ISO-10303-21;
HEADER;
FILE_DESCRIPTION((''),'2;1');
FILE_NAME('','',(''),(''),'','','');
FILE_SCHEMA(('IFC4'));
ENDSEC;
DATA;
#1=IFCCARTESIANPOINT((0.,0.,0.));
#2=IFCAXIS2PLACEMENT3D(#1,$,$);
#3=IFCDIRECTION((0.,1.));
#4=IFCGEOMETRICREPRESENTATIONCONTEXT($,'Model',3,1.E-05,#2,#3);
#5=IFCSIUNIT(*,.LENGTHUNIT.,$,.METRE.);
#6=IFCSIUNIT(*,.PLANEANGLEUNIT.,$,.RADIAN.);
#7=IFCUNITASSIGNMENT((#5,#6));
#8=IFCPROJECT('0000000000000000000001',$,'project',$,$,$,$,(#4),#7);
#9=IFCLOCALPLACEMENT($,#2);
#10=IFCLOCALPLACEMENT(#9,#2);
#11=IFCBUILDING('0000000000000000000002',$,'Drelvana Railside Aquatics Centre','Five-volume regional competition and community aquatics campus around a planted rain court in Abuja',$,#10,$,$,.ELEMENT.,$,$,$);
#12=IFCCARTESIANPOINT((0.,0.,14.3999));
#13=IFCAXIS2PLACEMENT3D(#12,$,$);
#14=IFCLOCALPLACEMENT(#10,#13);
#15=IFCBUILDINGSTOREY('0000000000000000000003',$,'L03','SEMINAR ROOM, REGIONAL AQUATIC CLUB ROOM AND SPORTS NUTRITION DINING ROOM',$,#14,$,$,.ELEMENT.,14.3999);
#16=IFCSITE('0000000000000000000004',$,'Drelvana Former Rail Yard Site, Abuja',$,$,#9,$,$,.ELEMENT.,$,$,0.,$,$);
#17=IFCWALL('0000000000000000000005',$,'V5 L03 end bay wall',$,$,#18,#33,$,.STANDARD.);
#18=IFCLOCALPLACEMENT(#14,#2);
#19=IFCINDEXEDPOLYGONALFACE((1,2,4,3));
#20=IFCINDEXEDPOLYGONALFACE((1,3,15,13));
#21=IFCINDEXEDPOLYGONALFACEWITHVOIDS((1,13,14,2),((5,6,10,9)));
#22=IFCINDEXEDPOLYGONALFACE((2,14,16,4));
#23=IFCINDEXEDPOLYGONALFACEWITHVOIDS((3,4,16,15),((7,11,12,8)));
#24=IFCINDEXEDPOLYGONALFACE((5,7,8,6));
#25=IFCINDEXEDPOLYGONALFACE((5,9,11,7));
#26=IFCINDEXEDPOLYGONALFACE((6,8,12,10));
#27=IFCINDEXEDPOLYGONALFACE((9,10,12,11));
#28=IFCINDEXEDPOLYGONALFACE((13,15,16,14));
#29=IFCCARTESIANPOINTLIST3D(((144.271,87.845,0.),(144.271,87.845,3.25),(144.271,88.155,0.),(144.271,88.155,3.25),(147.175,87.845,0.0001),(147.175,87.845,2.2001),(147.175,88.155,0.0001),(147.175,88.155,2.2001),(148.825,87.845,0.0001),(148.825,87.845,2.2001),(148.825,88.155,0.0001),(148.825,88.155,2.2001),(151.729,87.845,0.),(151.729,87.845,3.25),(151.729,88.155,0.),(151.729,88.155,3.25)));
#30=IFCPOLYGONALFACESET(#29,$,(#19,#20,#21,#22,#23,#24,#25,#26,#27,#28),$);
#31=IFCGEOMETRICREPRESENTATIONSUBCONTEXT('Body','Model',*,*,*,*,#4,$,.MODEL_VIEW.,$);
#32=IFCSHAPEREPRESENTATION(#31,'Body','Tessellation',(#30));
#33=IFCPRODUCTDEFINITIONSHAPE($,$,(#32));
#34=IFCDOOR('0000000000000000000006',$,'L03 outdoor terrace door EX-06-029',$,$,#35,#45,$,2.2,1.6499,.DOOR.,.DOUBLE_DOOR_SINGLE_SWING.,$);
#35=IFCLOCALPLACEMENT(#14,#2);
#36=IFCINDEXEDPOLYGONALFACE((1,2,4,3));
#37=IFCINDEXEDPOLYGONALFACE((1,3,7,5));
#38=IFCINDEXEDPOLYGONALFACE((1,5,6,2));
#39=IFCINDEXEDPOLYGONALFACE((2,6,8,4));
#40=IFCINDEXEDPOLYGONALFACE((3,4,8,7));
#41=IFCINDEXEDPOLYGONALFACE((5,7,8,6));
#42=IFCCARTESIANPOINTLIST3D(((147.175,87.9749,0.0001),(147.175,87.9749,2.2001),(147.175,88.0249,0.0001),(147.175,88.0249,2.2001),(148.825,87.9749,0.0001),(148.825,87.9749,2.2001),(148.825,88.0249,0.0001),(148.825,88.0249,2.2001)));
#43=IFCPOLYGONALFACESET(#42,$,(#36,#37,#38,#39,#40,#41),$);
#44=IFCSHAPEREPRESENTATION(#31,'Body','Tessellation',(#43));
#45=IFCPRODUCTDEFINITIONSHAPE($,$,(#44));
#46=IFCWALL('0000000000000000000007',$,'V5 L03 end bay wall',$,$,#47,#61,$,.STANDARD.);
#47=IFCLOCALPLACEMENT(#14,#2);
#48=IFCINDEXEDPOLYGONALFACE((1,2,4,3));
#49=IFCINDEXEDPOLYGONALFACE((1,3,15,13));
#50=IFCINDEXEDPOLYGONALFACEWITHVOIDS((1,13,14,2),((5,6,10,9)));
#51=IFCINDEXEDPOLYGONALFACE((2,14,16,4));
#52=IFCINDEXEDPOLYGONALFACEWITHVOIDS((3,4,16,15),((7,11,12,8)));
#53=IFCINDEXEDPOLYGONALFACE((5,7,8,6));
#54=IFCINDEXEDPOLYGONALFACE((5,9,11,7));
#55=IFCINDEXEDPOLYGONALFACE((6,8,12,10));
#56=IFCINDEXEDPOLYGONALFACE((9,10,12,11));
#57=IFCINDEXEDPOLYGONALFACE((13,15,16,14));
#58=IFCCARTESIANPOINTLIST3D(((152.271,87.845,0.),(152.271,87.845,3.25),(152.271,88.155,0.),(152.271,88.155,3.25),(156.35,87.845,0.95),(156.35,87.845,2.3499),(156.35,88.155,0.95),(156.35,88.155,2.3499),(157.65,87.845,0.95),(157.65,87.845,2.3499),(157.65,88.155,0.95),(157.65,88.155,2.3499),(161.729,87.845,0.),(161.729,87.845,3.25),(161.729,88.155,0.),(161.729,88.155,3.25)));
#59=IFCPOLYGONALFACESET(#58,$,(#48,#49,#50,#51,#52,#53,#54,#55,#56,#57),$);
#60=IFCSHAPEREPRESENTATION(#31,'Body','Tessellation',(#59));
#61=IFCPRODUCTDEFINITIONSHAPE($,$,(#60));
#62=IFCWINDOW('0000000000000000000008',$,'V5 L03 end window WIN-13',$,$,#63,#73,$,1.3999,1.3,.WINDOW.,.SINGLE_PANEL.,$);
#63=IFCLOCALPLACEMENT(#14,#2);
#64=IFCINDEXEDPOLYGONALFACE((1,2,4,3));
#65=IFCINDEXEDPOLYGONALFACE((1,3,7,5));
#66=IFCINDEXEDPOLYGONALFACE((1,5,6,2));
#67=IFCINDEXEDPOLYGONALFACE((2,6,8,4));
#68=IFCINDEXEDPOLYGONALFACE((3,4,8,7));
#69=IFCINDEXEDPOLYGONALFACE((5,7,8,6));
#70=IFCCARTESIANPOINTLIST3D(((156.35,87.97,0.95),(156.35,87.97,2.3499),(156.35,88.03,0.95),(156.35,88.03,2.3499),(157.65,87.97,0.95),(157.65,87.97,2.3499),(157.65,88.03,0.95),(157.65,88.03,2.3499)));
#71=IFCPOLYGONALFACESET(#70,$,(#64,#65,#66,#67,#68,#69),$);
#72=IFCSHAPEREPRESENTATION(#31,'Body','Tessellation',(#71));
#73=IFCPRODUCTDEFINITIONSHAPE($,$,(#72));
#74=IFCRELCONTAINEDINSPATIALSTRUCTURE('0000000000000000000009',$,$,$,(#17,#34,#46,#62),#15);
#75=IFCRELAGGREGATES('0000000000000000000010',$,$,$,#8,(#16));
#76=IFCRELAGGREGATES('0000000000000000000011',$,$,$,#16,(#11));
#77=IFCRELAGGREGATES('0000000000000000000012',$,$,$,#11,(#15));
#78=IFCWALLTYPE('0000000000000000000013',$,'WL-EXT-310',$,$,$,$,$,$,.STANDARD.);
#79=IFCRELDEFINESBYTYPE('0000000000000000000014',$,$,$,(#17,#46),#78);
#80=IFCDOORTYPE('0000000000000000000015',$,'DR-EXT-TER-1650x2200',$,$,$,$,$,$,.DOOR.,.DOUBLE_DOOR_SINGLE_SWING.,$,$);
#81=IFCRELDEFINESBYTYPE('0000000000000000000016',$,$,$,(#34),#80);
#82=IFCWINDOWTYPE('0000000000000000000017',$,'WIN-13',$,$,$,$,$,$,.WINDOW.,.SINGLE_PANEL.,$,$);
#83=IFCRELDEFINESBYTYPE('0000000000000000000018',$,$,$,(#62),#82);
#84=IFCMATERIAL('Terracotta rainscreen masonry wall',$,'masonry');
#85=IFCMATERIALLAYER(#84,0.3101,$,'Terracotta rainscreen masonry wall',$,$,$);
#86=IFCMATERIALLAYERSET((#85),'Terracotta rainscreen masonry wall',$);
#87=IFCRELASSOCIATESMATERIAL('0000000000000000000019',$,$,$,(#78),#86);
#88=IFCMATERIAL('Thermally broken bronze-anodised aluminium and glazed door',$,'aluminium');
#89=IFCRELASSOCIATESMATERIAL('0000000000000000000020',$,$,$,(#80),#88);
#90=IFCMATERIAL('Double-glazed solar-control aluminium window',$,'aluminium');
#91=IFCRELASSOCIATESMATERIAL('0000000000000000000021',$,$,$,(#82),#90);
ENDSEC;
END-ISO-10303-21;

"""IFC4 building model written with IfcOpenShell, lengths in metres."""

from ifc_helpers import new_model, si_unit, direction, frame, frame_2d, origin, place, context, subcontext, project, spatial, rectangle, extrude, material, layer, layer_set, type_object, element, fill, save


model = new_model("IFC4")

# Units and contexts
model_context = context("Model", 3, precision=1e-05, world=origin(), true_north=direction((0.0, 1.0)))
body_context = subcontext(model_context, "Body", "Model", "MODEL_VIEW")
ifc_project = project(units=[si_unit("LENGTHUNIT", "METRE"), si_unit("PLANEANGLEUNIT", "RADIAN")], contexts=[model_context])

# Site, building, storey
site_placement = place(None, origin())
site = spatial("IfcSite", under=ifc_project, at=site_placement, Name="Drelvana Former Rail Yard Site, Abuja", CompositionType="ELEMENT", RefElevation=0.0)
building_placement = place(site_placement, origin())
building = spatial("IfcBuilding", under=site, at=building_placement, Name="Drelvana Railside Aquatics Centre", Description="Five-volume regional competition and community aquatics campus around a planted rain court in Abuja", CompositionType="ELEMENT")
storey_placement = place(building_placement, frame((0.0, 0.0, 14.3999)))
storey = spatial("IfcBuildingStorey", under=building, at=storey_placement, Name="L03", Description="SEMINAR ROOM, REGIONAL AQUATIC CLUB ROOM AND SPORTS NUTRITION DINING ROOM", CompositionType="ELEMENT", Elevation=14.3999)

# Wall, opening, door
ifc_material_1 = material(Name="Terracotta rainscreen masonry wall", Category="masonry")
ifc_layer_1 = layer(ifc_material_1, 0.3101, Name="Terracotta rainscreen masonry wall")
ifc_layer_set_1 = layer_set([ifc_layer_1], Name="Terracotta rainscreen masonry wall")
wall_type_1 = type_object("IfcWallType", Name="WL-EXT-310", PredefinedType="STANDARD", material=ifc_layer_set_1)
wall_1_placement = place(storey_placement, frame((144.271, 88.0, 0.0), z_axis=(0.0, 0.0, 1.0), x_axis=(1.0, 0.0, 0.0)))
wall_1 = element("IfcWall", 1, at=wall_1_placement, inside=storey, type_object=wall_type_1, Name="V5 L03 end bay wall", PredefinedType="STANDARD", context=body_context, shape_type="SweptSolid", body=[
    extrude(rectangle(XDim=7.458, YDim=0.3101, at=frame_2d((3.729, 0.0))), origin(), (0.0, 0.0, 1.0), 3.25),
])
opening_1_placement = place(wall_1_placement, frame((2.9041, 0.0, 0.0)))
opening_1 = element("IfcOpeningElement", 2, at=opening_1_placement, cuts=wall_1, PredefinedType="OPENING", context=body_context, shape_type="SweptSolid", body=[
    extrude(rectangle(XDim=1.6499, YDim=2.2, at=frame_2d((0.825, 1.1001))), frame((0.0, 0.165, 0.0), z_axis=(0.0, -1.0, 0.0), x_axis=(1.0, 0.0, 0.0)), (0.0, 0.0, 1.0), 0.3301),
])
ifc_material_2 = material(Name="Thermally broken bronze-anodised aluminium and glazed door", Category="aluminium")
door_type_1 = type_object("IfcDoorType", Name="DR-EXT-TER-1650x2200", OperationType="DOUBLE_DOOR_SINGLE_SWING", PredefinedType="DOOR", material=ifc_material_2)
door_1_placement = place(opening_1_placement, origin())
door_1 = element("IfcDoor", 3, at=door_1_placement, inside=storey, type_object=door_type_1, Name="L03 outdoor terrace door EX-06-029", OperationType="DOUBLE_DOOR_SINGLE_SWING", OverallHeight=2.2, OverallWidth=1.6499, PredefinedType="DOOR", context=body_context, shape_type="SweptSolid", body=[
    extrude(rectangle(XDim=1.6499, YDim=2.2, at=frame_2d((0.825, 1.1001))), frame((0.0, 0.0249, 0.0), z_axis=(0.0, -1.0, 0.0), x_axis=(1.0, 0.0, 0.0)), (0.0, 0.0, 1.0), 0.05),
])
fill(opening_1, door_1)

# Wall, opening, window
wall_2_placement = place(storey_placement, frame((152.271, 88.0, 0.0), z_axis=(0.0, 0.0, 1.0), x_axis=(1.0, 0.0, 0.0)))
wall_2 = element("IfcWall", 4, at=wall_2_placement, inside=storey, type_object=wall_type_1, Name="V5 L03 end bay wall", PredefinedType="STANDARD", context=body_context, shape_type="SweptSolid", body=[
    extrude(rectangle(XDim=9.458, YDim=0.3101, at=frame_2d((4.729, 0.0))), origin(), (0.0, 0.0, 1.0), 3.25),
])
opening_2_placement = place(wall_2_placement, frame((4.0791, 0.0, 0.95)))
opening_2 = element("IfcOpeningElement", 5, at=opening_2_placement, cuts=wall_2, PredefinedType="OPENING", context=body_context, shape_type="SweptSolid", body=[
    extrude(rectangle(XDim=1.3, YDim=1.3999, at=frame_2d((0.6499, 0.7))), frame((0.0, 0.165, 0.0), z_axis=(0.0, -1.0, 0.0), x_axis=(1.0, 0.0, 0.0)), (0.0, 0.0, 1.0), 0.3301),
])
ifc_material_3 = material(Name="Double-glazed solar-control aluminium window", Category="aluminium")
window_type = type_object("IfcWindowType", Name="WIN-13", PartitioningType="SINGLE_PANEL", PredefinedType="WINDOW", material=ifc_material_3)
window_placement = place(opening_2_placement, origin())
window = element("IfcWindow", 6, at=window_placement, inside=storey, type_object=window_type, Name="V5 L03 end window WIN-13", OverallHeight=1.3999, OverallWidth=1.3, PartitioningType="SINGLE_PANEL", PredefinedType="WINDOW", context=body_context, shape_type="SweptSolid", body=[
    extrude(rectangle(XDim=1.3, YDim=1.3999, at=frame_2d((0.6499, 0.7))), frame((0.0, 0.03, 0.0), z_axis=(0.0, -1.0, 0.0), x_axis=(1.0, 0.0, 0.0)), (0.0, 0.0, 1.0), 0.0601),
])
fill(opening_2, window)

save(model, "model.ifc")
